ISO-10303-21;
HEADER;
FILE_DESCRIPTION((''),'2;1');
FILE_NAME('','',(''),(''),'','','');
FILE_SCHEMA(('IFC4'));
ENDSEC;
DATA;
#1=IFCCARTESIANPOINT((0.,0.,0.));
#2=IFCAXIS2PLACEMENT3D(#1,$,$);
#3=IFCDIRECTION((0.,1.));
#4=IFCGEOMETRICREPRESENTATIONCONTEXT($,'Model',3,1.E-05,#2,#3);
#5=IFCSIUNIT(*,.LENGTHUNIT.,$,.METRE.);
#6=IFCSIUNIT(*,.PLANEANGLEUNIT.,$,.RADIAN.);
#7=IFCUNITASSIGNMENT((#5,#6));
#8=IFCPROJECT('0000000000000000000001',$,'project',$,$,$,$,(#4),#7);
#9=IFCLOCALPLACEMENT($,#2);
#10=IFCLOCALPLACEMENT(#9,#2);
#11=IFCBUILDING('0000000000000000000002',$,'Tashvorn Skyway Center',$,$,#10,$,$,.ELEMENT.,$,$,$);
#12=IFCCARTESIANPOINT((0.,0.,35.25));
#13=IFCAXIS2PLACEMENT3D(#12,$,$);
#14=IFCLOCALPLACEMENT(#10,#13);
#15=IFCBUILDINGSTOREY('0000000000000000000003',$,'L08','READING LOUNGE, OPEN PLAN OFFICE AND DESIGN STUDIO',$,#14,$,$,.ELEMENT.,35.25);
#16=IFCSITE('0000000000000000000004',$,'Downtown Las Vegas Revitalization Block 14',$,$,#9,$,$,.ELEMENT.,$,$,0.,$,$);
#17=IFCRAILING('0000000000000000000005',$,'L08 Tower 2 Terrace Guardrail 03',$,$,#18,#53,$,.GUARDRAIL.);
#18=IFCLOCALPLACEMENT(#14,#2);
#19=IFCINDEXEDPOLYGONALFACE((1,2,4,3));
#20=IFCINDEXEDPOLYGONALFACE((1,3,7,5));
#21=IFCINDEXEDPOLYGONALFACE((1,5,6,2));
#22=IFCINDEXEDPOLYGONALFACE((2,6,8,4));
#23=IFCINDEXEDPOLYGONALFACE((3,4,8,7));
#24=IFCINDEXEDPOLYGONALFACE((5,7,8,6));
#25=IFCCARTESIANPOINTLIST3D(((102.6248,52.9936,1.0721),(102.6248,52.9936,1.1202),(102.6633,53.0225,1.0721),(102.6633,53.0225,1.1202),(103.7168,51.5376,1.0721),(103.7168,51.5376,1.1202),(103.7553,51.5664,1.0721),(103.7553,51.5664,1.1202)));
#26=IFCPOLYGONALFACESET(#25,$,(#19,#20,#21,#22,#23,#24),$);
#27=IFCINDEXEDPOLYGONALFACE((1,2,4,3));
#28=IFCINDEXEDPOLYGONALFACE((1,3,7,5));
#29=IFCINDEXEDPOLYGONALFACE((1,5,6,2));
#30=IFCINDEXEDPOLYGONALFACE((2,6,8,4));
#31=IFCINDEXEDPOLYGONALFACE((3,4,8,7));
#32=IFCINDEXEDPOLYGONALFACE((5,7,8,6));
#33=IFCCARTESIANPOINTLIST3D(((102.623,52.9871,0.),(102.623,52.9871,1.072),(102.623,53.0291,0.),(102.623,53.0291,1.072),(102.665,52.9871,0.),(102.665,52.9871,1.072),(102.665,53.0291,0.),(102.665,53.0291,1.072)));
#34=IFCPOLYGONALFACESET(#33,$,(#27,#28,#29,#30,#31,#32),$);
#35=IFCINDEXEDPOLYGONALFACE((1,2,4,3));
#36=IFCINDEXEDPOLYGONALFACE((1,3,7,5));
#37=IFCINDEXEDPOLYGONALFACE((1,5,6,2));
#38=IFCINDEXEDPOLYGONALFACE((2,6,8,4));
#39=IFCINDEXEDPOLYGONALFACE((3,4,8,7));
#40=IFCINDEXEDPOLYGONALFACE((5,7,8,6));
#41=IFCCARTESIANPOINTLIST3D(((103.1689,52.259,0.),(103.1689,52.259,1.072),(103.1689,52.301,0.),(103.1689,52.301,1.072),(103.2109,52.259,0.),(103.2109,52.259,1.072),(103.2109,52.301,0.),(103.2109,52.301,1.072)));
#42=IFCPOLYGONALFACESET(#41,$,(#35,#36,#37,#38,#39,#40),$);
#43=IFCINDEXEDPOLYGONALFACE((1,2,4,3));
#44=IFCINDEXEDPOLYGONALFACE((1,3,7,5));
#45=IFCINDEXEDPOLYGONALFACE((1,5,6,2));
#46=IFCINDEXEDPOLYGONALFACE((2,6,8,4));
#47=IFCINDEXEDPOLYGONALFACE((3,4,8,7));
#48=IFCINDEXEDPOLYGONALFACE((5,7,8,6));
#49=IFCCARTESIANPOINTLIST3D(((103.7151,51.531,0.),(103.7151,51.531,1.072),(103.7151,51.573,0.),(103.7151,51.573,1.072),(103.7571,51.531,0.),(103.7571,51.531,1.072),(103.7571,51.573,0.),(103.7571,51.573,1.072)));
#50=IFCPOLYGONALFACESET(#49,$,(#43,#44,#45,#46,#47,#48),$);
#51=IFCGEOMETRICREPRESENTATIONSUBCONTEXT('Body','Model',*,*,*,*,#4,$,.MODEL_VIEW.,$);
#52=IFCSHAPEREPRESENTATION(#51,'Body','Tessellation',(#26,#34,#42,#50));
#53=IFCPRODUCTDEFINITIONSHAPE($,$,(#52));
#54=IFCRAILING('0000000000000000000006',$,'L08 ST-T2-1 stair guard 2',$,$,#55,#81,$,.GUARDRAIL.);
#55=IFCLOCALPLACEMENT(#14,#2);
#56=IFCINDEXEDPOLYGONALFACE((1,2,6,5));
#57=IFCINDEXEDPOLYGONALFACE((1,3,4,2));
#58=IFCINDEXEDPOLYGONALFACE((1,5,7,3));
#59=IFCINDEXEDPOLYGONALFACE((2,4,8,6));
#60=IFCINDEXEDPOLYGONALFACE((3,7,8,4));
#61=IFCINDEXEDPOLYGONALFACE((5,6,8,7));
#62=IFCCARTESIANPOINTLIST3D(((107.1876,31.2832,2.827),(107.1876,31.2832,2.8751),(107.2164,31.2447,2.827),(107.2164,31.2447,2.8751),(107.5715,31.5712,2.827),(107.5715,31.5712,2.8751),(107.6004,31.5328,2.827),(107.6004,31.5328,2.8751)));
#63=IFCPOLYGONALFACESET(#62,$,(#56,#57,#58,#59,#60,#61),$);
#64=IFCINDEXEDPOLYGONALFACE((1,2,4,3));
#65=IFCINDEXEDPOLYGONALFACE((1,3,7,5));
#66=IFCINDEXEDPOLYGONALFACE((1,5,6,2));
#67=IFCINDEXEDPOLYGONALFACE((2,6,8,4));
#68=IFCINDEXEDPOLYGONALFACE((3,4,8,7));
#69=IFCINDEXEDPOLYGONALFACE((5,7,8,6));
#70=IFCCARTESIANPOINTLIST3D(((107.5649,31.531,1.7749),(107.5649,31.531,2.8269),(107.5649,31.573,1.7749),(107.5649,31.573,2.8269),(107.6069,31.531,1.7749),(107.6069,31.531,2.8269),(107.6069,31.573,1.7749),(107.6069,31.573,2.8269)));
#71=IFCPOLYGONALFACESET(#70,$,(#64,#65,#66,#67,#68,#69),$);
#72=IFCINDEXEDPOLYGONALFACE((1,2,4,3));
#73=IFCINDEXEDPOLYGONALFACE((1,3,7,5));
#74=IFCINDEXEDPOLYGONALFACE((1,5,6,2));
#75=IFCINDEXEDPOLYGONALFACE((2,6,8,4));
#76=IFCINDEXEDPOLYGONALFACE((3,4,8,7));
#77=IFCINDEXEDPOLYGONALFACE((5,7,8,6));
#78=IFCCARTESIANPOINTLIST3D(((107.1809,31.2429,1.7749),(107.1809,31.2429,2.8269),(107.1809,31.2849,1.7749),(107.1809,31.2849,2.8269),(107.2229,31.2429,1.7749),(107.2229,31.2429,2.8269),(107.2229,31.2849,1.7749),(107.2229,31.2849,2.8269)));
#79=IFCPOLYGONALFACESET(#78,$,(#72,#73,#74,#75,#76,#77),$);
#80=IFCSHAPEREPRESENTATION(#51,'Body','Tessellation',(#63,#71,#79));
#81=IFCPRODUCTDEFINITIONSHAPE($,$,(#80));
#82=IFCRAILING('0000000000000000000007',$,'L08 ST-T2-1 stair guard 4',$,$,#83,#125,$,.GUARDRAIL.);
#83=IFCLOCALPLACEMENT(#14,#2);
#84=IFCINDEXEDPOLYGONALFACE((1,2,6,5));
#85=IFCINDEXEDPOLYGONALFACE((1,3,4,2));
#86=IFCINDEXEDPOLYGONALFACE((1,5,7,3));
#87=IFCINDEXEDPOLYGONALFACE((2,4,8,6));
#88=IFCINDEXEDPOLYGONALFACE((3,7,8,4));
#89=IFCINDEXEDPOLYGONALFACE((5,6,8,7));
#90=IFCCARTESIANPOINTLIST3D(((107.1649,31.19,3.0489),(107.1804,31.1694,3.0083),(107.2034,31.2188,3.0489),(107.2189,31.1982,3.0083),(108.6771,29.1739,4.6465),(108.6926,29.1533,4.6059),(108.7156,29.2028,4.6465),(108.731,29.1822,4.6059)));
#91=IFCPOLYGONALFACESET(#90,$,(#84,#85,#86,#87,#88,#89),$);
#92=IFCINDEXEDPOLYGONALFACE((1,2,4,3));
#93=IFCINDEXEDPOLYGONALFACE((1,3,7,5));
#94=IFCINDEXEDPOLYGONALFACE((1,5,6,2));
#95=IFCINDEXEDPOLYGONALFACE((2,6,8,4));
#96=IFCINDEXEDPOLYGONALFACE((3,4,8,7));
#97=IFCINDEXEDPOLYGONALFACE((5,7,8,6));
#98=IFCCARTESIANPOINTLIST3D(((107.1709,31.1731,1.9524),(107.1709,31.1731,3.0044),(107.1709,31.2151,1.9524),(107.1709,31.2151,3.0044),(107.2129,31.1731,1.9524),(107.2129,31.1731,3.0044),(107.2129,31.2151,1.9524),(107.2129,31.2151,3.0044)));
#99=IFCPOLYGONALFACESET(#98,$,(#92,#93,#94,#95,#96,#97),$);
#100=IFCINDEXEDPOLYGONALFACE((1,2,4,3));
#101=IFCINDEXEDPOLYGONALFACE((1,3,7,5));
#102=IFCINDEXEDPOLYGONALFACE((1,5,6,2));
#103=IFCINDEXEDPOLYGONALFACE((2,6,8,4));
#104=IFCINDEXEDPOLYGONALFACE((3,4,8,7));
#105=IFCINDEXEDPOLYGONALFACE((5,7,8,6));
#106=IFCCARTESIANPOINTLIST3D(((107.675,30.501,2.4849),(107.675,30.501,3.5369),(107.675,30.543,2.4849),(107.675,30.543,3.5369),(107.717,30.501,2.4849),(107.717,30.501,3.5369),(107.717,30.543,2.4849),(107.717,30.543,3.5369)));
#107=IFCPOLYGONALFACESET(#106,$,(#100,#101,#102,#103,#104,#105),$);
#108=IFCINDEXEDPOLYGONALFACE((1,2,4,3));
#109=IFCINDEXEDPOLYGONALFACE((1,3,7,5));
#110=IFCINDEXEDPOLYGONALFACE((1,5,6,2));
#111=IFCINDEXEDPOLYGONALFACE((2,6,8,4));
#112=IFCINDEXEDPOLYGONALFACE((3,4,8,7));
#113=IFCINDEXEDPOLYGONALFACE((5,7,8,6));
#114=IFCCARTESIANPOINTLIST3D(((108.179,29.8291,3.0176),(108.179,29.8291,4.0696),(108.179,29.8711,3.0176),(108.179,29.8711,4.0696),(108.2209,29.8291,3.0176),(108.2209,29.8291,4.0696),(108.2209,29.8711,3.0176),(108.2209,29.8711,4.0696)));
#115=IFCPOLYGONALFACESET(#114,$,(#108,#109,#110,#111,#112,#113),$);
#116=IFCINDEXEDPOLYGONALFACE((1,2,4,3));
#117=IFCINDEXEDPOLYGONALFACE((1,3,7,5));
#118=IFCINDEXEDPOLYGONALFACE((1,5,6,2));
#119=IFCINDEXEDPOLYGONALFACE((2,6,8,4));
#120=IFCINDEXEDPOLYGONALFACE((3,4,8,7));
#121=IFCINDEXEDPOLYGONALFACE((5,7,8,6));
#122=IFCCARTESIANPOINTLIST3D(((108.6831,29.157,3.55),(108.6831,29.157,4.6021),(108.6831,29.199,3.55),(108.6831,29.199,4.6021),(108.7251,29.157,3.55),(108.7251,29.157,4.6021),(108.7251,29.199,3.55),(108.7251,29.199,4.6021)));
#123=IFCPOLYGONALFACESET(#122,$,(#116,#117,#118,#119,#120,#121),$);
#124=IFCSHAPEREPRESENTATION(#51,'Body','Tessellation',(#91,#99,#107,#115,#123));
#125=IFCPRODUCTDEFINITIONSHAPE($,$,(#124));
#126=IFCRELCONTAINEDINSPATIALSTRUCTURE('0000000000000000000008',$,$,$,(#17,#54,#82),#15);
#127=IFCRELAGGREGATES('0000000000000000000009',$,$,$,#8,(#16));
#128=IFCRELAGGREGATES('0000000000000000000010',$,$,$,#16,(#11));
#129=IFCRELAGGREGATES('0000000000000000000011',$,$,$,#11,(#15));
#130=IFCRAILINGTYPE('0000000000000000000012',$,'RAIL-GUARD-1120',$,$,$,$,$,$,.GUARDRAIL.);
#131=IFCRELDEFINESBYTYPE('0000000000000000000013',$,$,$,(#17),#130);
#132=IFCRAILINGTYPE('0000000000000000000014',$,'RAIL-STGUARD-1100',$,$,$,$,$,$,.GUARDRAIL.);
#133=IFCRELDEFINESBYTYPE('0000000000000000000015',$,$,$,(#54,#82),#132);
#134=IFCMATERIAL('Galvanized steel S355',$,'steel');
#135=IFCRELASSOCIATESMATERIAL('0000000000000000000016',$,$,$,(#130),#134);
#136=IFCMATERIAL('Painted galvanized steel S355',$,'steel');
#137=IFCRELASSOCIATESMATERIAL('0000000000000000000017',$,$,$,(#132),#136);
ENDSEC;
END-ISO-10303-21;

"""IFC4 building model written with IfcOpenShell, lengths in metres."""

from ifc_helpers import new_model, si_unit, direction, frame, origin, origin_2d, place, context, subcontext, project, spatial, rectangle, extrude, material, type_object, element, save


model = new_model("IFC4")

# Units and contexts
model_context = context("Model", 3, precision=1e-05, world=origin(), true_north=direction((0.0, 1.0)))
body_context = subcontext(model_context, "Body", "Model", "MODEL_VIEW")
ifc_project = project(units=[si_unit("LENGTHUNIT", "METRE"), si_unit("PLANEANGLEUNIT", "RADIAN")], contexts=[model_context])

# Site, building, storey
site_placement = place(None, origin())
site = spatial("IfcSite", under=ifc_project, at=site_placement, Name="Downtown Las Vegas Revitalization Block 14", CompositionType="ELEMENT", RefElevation=0.0)
building_placement = place(site_placement, origin())
building = spatial("IfcBuilding", under=site, at=building_placement, Name="Tashvorn Skyway Center", CompositionType="ELEMENT")
storey_placement = place(building_placement, frame((0.0, 0.0, 35.25)))
storey = spatial("IfcBuildingStorey", under=building, at=storey_placement, Name="L08", Description="READING LOUNGE, OPEN PLAN OFFICE AND DESIGN STUDIO", CompositionType="ELEMENT", Elevation=35.25)

# Railings
ifc_material_1 = material(Name="Galvanized steel S355", Category="steel")
railing_type_1 = type_object("IfcRailingType", Name="RAIL-GUARD-1120", PredefinedType="GUARDRAIL", material=ifc_material_1)
railing_1_placement = place(storey_placement, frame((102.644, 53.0081, 0.0)))
element("IfcRailing", 1, at=railing_1_placement, inside=storey, type_object=railing_type_1, Name="L08 Tower 2 Terrace Guardrail 03", PredefinedType="GUARDRAIL", context=body_context, shape_type="SweptSolid", body=[
    extrude(rectangle(XDim=0.0481, YDim=0.0481, at=origin_2d()), frame((0.0, 0.0, 1.0962), z_axis=(0.6, -0.8, 0.0), x_axis=(0.8, 0.6, 0.0)), (0.0, 0.0, 1.0), 1.8201),
    extrude(rectangle(XDim=0.042, YDim=0.042, at=origin_2d()), origin(), (0.0, 0.0, 1.0), 1.072),
    extrude(rectangle(XDim=0.042, YDim=0.042, at=origin_2d()), frame((0.5459, -0.728, 0.0)), (0.0, 0.0, 1.0), 1.072),
    extrude(rectangle(XDim=0.042, YDim=0.042, at=origin_2d()), frame((1.092, -1.4561, 0.0)), (0.0, 0.0, 1.0), 1.072),
])
ifc_material_2 = material(Name="Painted galvanized steel S355", Category="steel")
railing_type_2 = type_object("IfcRailingType", Name="RAIL-STGUARD-1100", PredefinedType="GUARDRAIL", material=ifc_material_2)
railing_2_placement = place(storey_placement, frame((107.5859, 31.552, 1.7749)))
element("IfcRailing", 2, at=railing_2_placement, inside=storey, type_object=railing_type_2, Name="L08 ST-T2-1 stair guard 2", PredefinedType="GUARDRAIL", context=body_context, shape_type="SweptSolid", body=[
    extrude(rectangle(XDim=0.0481, YDim=0.0481, at=origin_2d()), frame((0.0, 0.0, 1.0762), z_axis=(-0.799939, -0.600081, 0.0), x_axis=(0.600081, -0.799939, 0.0)), (0.0, 0.0, 1.0), 0.48),
    extrude(rectangle(XDim=0.042, YDim=0.042, at=origin_2d()), origin(), (0.0, 0.0, 1.0), 1.052),
    extrude(rectangle(XDim=0.042, YDim=0.042, at=origin_2d()), frame((-0.384, -0.2881, 0.0)), (0.0, 0.0, 1.0), 1.052),
])
railing_3_placement = place(storey_placement, frame((107.1919, 31.1941, 1.9524)))
element("IfcRailing", 3, at=railing_3_placement, inside=storey, type_object=railing_type_2, Name="L08 ST-T2-1 stair guard 4", PredefinedType="GUARDRAIL", context=body_context, shape_type="SweptSolid", body=[
    extrude(rectangle(XDim=0.0481, YDim=0.0481, at=origin_2d()), frame((0.0, 0.0, 1.0762), z_axis=(0.506779, -0.675651, 0.535416), x_axis=(0.799977, 0.600031, 0.0)), (0.0, 0.0, 1.0), 2.9839),
    extrude(rectangle(XDim=0.042, YDim=0.042, at=origin_2d()), origin(), (0.0, 0.0, 1.0), 1.052),
    extrude(rectangle(XDim=0.042, YDim=0.042, at=origin_2d()), frame((0.5042, -0.6721, 0.5325)), (0.0, 0.0, 1.0), 1.052),
    extrude(rectangle(XDim=0.042, YDim=0.042, at=origin_2d()), frame((1.0081, -1.344, 1.0652)), (0.0, 0.0, 1.0), 1.052),
    extrude(rectangle(XDim=0.042, YDim=0.042, at=origin_2d()), frame((1.5122, -2.0161, 1.5977)), (0.0, 0.0, 1.0), 1.052),
])

save(model, "model.ifc")
